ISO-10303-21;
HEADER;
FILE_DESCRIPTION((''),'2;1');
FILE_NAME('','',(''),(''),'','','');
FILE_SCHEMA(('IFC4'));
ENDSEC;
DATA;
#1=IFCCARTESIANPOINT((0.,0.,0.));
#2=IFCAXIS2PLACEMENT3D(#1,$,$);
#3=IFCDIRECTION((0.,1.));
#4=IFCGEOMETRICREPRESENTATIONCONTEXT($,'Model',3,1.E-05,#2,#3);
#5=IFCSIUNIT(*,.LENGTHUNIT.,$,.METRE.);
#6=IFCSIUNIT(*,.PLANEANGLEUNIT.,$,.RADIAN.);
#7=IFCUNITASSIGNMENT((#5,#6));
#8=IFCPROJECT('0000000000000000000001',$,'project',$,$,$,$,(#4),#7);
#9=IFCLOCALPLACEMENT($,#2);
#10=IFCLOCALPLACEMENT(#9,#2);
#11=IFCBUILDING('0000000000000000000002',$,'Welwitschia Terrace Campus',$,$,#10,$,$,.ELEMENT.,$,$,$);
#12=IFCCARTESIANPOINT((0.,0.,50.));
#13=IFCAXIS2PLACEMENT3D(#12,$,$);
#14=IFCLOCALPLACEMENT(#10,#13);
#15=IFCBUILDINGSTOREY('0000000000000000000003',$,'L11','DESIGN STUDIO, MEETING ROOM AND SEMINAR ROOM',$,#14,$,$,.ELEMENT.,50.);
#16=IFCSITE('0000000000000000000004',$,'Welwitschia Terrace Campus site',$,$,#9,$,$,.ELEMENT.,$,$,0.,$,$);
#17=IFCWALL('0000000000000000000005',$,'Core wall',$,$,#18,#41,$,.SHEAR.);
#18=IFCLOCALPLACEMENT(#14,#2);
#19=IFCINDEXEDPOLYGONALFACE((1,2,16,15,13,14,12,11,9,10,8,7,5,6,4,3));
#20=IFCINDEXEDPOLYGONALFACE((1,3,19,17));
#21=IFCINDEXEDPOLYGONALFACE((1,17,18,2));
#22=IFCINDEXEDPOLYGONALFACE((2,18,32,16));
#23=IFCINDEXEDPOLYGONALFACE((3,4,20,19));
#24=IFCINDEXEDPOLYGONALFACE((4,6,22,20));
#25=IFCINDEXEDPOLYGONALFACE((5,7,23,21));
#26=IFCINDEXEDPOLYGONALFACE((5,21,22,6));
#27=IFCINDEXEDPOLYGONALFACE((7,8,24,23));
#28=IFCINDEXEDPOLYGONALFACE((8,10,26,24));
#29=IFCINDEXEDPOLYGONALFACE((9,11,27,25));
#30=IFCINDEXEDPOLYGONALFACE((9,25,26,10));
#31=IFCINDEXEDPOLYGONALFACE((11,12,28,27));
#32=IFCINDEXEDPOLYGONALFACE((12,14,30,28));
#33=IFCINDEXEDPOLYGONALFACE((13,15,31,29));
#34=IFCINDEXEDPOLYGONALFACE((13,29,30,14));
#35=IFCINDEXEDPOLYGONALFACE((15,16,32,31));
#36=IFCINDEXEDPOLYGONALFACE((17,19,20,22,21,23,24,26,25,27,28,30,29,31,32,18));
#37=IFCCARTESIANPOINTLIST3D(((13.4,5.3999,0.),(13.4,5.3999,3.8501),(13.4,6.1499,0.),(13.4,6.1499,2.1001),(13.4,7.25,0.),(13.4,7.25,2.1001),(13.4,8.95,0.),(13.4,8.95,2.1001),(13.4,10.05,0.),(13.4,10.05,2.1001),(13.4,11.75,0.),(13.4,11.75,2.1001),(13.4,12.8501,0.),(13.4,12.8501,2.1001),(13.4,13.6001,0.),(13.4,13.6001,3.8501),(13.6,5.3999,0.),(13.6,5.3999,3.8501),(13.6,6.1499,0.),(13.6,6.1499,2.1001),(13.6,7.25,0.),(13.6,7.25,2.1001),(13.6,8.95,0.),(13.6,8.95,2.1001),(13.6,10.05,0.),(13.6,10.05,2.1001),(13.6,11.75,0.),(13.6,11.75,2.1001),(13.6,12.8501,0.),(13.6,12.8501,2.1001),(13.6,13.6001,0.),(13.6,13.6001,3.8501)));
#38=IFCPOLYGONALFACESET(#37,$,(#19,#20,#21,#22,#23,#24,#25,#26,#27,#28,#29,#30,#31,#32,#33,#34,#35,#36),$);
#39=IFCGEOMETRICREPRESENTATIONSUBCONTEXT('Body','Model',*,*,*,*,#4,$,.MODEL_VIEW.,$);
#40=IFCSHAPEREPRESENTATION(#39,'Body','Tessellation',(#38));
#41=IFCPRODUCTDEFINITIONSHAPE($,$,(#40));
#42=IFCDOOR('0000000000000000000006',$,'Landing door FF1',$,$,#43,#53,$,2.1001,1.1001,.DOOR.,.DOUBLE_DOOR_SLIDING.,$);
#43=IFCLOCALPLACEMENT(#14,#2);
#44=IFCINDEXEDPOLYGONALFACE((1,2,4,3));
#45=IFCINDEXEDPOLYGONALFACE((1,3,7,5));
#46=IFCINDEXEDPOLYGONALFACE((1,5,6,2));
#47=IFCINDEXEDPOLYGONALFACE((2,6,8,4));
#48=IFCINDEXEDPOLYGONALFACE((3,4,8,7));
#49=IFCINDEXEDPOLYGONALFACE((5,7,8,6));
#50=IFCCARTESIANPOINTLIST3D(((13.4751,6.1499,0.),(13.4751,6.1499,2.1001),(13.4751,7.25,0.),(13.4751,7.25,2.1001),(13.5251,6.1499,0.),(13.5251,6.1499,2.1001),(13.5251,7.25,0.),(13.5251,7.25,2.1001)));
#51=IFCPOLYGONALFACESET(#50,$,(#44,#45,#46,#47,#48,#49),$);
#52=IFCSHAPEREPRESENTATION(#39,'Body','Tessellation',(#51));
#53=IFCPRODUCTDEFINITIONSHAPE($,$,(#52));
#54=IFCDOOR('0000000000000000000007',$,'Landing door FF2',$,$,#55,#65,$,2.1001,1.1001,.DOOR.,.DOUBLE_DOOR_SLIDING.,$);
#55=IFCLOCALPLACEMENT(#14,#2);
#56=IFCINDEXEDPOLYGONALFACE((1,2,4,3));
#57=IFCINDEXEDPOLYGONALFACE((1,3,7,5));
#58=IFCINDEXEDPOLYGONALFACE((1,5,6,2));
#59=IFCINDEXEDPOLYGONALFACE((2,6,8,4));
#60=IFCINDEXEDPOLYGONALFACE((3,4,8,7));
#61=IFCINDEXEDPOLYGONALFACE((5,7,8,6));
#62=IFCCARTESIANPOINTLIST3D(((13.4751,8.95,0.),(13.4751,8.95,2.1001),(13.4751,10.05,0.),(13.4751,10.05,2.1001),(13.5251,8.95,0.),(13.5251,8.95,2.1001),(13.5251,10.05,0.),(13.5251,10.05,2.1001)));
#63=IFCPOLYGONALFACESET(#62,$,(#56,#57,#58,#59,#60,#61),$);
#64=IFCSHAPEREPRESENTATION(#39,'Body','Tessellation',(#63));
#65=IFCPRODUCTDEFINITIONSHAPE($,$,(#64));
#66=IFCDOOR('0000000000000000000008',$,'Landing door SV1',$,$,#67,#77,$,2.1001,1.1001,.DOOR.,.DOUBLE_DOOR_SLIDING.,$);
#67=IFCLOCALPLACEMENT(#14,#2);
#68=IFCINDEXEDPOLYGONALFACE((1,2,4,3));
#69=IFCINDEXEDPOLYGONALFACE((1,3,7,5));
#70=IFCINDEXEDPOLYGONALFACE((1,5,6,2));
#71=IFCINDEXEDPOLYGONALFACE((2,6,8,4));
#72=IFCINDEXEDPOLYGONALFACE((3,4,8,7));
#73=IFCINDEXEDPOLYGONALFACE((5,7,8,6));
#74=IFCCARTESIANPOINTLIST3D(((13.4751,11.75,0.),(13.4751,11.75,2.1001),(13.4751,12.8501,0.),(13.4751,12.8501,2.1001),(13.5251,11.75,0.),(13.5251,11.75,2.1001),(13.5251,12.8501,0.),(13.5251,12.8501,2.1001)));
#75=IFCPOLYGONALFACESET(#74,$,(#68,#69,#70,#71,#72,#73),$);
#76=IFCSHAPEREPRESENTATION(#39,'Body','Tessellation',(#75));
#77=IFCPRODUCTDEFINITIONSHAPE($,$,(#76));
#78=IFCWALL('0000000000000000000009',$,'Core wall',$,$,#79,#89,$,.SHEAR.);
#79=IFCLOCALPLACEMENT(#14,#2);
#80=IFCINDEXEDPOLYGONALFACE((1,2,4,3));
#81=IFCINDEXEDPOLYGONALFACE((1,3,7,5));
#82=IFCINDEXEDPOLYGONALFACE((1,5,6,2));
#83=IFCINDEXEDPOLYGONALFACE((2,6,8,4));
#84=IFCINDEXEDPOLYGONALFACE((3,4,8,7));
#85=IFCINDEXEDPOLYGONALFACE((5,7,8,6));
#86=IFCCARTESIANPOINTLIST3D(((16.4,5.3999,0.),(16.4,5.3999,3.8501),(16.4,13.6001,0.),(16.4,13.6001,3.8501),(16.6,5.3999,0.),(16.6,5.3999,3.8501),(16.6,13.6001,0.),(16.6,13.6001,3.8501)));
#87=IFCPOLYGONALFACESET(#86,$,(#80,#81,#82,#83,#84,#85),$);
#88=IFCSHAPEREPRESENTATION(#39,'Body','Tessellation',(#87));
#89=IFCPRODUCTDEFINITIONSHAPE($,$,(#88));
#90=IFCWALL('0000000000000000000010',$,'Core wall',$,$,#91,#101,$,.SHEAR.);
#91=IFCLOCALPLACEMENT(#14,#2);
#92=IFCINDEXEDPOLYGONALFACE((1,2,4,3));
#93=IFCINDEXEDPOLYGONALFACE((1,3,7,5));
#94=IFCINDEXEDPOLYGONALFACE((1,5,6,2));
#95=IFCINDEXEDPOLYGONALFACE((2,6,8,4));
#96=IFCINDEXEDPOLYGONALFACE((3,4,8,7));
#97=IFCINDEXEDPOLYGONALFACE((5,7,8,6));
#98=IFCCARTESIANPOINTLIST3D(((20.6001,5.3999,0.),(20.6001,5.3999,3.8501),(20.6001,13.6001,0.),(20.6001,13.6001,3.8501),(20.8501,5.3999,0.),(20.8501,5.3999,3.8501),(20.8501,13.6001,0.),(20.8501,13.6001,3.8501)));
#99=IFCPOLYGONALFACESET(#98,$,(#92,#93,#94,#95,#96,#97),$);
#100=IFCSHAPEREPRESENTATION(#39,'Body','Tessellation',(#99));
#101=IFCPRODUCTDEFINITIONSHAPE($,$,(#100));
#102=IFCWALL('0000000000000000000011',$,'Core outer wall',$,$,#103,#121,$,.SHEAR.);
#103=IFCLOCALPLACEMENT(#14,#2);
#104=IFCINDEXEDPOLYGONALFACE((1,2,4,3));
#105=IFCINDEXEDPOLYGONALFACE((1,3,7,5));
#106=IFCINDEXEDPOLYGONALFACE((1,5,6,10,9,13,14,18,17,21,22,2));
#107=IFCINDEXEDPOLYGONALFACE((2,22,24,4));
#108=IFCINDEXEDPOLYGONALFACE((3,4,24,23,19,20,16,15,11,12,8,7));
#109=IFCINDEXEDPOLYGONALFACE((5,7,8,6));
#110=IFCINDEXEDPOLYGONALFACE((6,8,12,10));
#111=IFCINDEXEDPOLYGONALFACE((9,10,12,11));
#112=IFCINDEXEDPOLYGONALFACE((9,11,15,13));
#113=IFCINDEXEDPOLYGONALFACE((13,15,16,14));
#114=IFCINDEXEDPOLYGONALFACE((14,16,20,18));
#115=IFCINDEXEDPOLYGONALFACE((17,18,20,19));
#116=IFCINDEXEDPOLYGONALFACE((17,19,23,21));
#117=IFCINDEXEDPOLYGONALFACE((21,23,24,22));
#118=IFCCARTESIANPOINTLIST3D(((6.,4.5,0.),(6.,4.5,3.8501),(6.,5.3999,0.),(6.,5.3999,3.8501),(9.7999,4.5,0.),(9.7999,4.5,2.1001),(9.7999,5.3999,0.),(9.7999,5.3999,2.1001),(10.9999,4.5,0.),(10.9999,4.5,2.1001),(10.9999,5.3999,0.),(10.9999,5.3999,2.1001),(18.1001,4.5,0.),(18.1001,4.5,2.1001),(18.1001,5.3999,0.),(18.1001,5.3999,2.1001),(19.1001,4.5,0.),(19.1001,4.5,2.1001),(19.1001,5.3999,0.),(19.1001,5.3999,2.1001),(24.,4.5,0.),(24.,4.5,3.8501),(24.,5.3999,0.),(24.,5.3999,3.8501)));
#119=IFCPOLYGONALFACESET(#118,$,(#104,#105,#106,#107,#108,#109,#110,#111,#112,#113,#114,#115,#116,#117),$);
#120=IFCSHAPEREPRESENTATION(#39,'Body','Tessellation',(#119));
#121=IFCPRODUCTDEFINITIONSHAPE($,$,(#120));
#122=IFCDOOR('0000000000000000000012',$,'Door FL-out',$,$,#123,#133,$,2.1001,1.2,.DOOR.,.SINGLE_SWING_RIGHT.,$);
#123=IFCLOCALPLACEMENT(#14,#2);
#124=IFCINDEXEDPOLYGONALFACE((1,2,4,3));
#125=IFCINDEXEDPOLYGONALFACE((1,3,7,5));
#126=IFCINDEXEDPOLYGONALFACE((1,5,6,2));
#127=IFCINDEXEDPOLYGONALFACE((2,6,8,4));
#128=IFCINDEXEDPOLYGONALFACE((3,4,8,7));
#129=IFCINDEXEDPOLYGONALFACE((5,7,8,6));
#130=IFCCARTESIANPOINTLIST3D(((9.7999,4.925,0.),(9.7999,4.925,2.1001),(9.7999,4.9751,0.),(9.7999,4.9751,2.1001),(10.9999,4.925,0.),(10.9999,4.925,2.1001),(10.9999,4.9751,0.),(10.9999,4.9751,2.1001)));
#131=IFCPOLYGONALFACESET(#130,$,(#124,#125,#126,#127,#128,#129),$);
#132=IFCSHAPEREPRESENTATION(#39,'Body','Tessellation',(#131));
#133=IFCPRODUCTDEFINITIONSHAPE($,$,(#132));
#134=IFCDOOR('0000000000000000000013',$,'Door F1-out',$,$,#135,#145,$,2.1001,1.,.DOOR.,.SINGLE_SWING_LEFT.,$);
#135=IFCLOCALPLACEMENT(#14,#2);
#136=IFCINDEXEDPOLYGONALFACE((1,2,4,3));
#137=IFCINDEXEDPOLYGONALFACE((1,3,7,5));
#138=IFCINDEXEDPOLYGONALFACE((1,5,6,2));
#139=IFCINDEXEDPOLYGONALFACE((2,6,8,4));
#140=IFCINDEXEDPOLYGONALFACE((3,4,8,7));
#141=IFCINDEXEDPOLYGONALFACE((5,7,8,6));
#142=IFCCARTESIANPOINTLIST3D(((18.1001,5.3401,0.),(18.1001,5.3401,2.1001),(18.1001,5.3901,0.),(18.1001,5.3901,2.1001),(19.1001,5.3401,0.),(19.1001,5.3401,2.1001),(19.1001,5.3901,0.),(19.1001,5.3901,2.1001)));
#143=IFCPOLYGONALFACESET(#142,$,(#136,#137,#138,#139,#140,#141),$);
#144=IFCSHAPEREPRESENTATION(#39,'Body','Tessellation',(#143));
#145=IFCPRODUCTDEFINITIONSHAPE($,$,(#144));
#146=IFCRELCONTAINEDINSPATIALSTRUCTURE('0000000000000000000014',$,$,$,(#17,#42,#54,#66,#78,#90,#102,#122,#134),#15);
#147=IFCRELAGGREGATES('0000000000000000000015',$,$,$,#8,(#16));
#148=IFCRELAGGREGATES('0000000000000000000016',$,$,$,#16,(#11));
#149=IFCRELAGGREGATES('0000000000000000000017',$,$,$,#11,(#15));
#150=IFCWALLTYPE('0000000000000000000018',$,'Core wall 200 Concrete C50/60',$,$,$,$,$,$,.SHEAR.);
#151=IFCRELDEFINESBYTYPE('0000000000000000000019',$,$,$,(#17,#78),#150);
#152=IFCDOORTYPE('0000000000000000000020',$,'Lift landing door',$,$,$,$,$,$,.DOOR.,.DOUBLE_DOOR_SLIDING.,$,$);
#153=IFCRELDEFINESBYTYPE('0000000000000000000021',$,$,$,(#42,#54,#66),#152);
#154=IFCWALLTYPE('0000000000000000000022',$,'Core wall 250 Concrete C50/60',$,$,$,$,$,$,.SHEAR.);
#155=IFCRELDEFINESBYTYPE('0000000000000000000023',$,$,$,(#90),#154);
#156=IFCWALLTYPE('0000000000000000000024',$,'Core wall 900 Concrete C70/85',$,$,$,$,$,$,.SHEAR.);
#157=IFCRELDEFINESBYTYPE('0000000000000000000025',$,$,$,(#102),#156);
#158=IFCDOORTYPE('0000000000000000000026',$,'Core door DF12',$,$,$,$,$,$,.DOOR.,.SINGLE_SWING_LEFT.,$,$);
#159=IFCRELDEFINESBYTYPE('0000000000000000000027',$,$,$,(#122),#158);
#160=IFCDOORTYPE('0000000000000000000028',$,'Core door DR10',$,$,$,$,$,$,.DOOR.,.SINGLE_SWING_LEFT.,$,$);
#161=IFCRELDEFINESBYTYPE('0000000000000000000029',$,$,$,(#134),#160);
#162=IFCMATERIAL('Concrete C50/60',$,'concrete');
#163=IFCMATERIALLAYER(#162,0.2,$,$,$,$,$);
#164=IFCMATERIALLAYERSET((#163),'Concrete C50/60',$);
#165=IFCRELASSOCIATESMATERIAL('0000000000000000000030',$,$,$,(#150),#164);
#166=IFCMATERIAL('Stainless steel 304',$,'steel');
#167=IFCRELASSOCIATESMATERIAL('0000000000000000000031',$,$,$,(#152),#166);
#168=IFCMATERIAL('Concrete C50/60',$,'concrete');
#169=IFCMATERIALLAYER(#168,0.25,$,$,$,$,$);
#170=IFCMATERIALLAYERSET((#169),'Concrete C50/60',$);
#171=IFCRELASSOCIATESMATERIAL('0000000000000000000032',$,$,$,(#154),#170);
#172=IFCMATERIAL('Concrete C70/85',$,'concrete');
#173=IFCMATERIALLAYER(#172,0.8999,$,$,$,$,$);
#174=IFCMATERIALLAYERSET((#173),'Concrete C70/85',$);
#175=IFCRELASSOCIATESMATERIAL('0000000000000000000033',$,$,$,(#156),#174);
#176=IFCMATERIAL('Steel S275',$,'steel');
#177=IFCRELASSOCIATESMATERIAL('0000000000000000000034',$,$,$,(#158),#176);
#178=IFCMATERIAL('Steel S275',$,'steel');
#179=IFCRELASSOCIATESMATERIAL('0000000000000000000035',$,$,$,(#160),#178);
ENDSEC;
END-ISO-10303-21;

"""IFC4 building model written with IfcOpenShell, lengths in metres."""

from ifc_helpers import new_model, si_unit, direction, frame, frame_2d, origin, place, context, subcontext, project, spatial, rectangle, extrude, material, layer, layer_set, type_object, element, fill, save


model = new_model("IFC4")

# Units and contexts
model_context = context("Model", 3, precision=1e-05, world=origin(), true_north=direction((0.0, 1.0)))
body_context = subcontext(model_context, "Body", "Model", "MODEL_VIEW")
ifc_project = project(units=[si_unit("LENGTHUNIT", "METRE"), si_unit("PLANEANGLEUNIT", "RADIAN")], contexts=[model_context])

# Site, building, storey
site_placement = place(None, origin())
site = spatial("IfcSite", under=ifc_project, at=site_placement, Name="Welwitschia Terrace Campus site", CompositionType="ELEMENT", RefElevation=0.0)
building_placement = place(site_placement, origin())
building = spatial("IfcBuilding", under=site, at=building_placement, Name="Welwitschia Terrace Campus", CompositionType="ELEMENT")
storey_placement = place(building_placement, frame((0.0, 0.0, 50.0)))
storey = spatial("IfcBuildingStorey", under=building, at=storey_placement, Name="L11", Description="DESIGN STUDIO, MEETING ROOM AND SEMINAR ROOM", CompositionType="ELEMENT", Elevation=50.0)

# Wall, openings, doors
ifc_material_1 = material(Name="Concrete C50/60", Category="concrete")
ifc_layer_1 = layer(ifc_material_1, 0.2)
ifc_layer_set_1 = layer_set([ifc_layer_1], Name="Concrete C50/60")
wall_type_1 = type_object("IfcWallType", Name="Core wall 200 Concrete C50/60", PredefinedType="SHEAR", material=ifc_layer_set_1)
wall_1_placement = place(storey_placement, frame((13.5, 5.3999, 0.0), z_axis=(0.0, 0.0, 1.0), x_axis=(0.0, 1.0, 0.0)))
wall_1 = element("IfcWall", 1, at=wall_1_placement, inside=storey, type_object=wall_type_1, Name="Core wall", PredefinedType="SHEAR", context=body_context, shape_type="SweptSolid", body=[
    extrude(rectangle(XDim=8.2002, YDim=0.2, at=frame_2d((4.1001, 0.0))), origin(), (0.0, 0.0, 1.0), 3.8501),
])
opening_1_placement = place(wall_1_placement, frame((0.75, 0.0, 0.0)))
opening_1 = element("IfcOpeningElement", 2, at=opening_1_placement, cuts=wall_1, PredefinedType="OPENING", context=body_context, shape_type="SweptSolid", body=[
    extrude(rectangle(XDim=1.1001, YDim=2.1001, at=frame_2d((0.55, 1.05))), frame((0.0, 0.1099, 0.0), z_axis=(0.0, -1.0, 0.0), x_axis=(1.0, 0.0, 0.0)), (0.0, 0.0, 1.0), 0.22),
])
opening_2_placement = place(wall_1_placement, frame((3.55, 0.0, 0.0)))
opening_2 = element("IfcOpeningElement", 3, at=opening_2_placement, cuts=wall_1, PredefinedType="OPENING", context=body_context, shape_type="SweptSolid", body=[
    extrude(rectangle(XDim=1.1001, YDim=2.1001, at=frame_2d((0.55, 1.05))), frame((0.0, 0.1099, 0.0), z_axis=(0.0, -1.0, 0.0), x_axis=(1.0, 0.0, 0.0)), (0.0, 0.0, 1.0), 0.22),
])
opening_3_placement = place(wall_1_placement, frame((6.3501, 0.0, 0.0)))
opening_3 = element("IfcOpeningElement", 4, at=opening_3_placement, cuts=wall_1, PredefinedType="OPENING", context=body_context, shape_type="SweptSolid", body=[
    extrude(rectangle(XDim=1.1001, YDim=2.1001, at=frame_2d((0.55, 1.05))), frame((0.0, 0.1099, 0.0), z_axis=(0.0, -1.0, 0.0), x_axis=(1.0, 0.0, 0.0)), (0.0, 0.0, 1.0), 0.22),
])
ifc_material_2 = material(Name="Stainless steel 304", Category="steel")
door_type_1 = type_object("IfcDoorType", Name="Lift landing door", OperationType="DOUBLE_DOOR_SLIDING", PredefinedType="DOOR", material=ifc_material_2)
door_1_placement = place(opening_1_placement, origin())
door_1 = element("IfcDoor", 5, at=door_1_placement, inside=storey, type_object=door_type_1, Name="Landing door FF1", OperationType="DOUBLE_DOOR_SLIDING", OverallHeight=2.1001, OverallWidth=1.1001, PredefinedType="DOOR", context=body_context, shape_type="SweptSolid", body=[
    extrude(rectangle(XDim=1.1001, YDim=2.1001, at=frame_2d((0.55, 1.05))), frame((0.0, 0.0249, 0.0), z_axis=(0.0, -1.0, 0.0), x_axis=(1.0, 0.0, 0.0)), (0.0, 0.0, 1.0), 0.05),
])
fill(opening_1, door_1)
door_2_placement = place(opening_2_placement, origin())
door_2 = element("IfcDoor", 6, at=door_2_placement, inside=storey, type_object=door_type_1, Name="Landing door FF2", OperationType="DOUBLE_DOOR_SLIDING", OverallHeight=2.1001, OverallWidth=1.1001, PredefinedType="DOOR", context=body_context, shape_type="SweptSolid", body=[
    extrude(rectangle(XDim=1.1001, YDim=2.1001, at=frame_2d((0.55, 1.05))), frame((0.0, 0.0249, 0.0), z_axis=(0.0, -1.0, 0.0), x_axis=(1.0, 0.0, 0.0)), (0.0, 0.0, 1.0), 0.05),
])
fill(opening_2, door_2)
door_3_placement = place(opening_3_placement, origin())
door_3 = element("IfcDoor", 7, at=door_3_placement, inside=storey, type_object=door_type_1, Name="Landing door SV1", OperationType="DOUBLE_DOOR_SLIDING", OverallHeight=2.1001, OverallWidth=1.1001, PredefinedType="DOOR", context=body_context, shape_type="SweptSolid", body=[
    extrude(rectangle(XDim=1.1001, YDim=2.1001, at=frame_2d((0.55, 1.05))), frame((0.0, 0.0249, 0.0), z_axis=(0.0, -1.0, 0.0), x_axis=(1.0, 0.0, 0.0)), (0.0, 0.0, 1.0), 0.05),
])
fill(opening_3, door_3)

# Walls
wall_2_placement = place(storey_placement, frame((16.5, 5.3999, 0.0), z_axis=(0.0, 0.0, 1.0), x_axis=(0.0, 1.0, 0.0)))
element("IfcWall", 8, at=wall_2_placement, inside=storey, type_object=wall_type_1, Name="Core wall", PredefinedType="SHEAR", context=body_context, shape_type="SweptSolid", body=[
    extrude(rectangle(XDim=8.2002, YDim=0.2, at=frame_2d((4.1001, 0.0))), origin(), (0.0, 0.0, 1.0), 3.8501),
])
ifc_material_3 = material(Name="Concrete C50/60", Category="concrete")
ifc_layer_2 = layer(ifc_material_3, 0.25)
ifc_layer_set_2 = layer_set([ifc_layer_2], Name="Concrete C50/60")
wall_type_2 = type_object("IfcWallType", Name="Core wall 250 Concrete C50/60", PredefinedType="SHEAR", material=ifc_layer_set_2)
wall_3_placement = place(storey_placement, frame((20.7251, 5.3999, 0.0), z_axis=(0.0, 0.0, 1.0), x_axis=(0.0, 1.0, 0.0)))
element("IfcWall", 9, at=wall_3_placement, inside=storey, type_object=wall_type_2, Name="Core wall", PredefinedType="SHEAR", context=body_context, shape_type="SweptSolid", body=[
    extrude(rectangle(XDim=8.2002, YDim=0.25, at=frame_2d((4.1001, 0.0))), origin(), (0.0, 0.0, 1.0), 3.8501),
])

# Wall, openings, doors
ifc_material_4 = material(Name="Concrete C70/85", Category="concrete")
ifc_layer_3 = layer(ifc_material_4, 0.8999)
ifc_layer_set_3 = layer_set([ifc_layer_3], Name="Concrete C70/85")
wall_type_3 = type_object("IfcWallType", Name="Core wall 900 Concrete C70/85", PredefinedType="SHEAR", material=ifc_layer_set_3)
wall_4_placement = place(storey_placement, frame((24.0, 4.95, 0.0), z_axis=(0.0, 0.0, 1.0), x_axis=(-1.0, 0.0, 0.0)))
wall_4 = element("IfcWall", 10, at=wall_4_placement, inside=storey, type_object=wall_type_3, Name="Core outer wall", PredefinedType="SHEAR", context=body_context, shape_type="SweptSolid", body=[
    extrude(rectangle(XDim=18.0, YDim=0.8999, at=frame_2d((9.0, 0.0))), origin(), (0.0, 0.0, 1.0), 3.8501),
])
opening_4_placement = place(wall_4_placement, frame((13.0, 0.0, 0.0)))
opening_4 = element("IfcOpeningElement", 11, at=opening_4_placement, cuts=wall_4, PredefinedType="OPENING", context=body_context, shape_type="SweptSolid", body=[
    extrude(rectangle(XDim=1.2, YDim=2.1001, at=frame_2d((0.6001, 1.05))), frame((0.0, 0.46, 0.0), z_axis=(0.0, -1.0, 0.0), x_axis=(1.0, 0.0, 0.0)), (0.0, 0.0, 1.0), 0.9199),
])
opening_5_placement = place(wall_4_placement, frame((4.8999, 0.0, 0.0)))
opening_5 = element("IfcOpeningElement", 12, at=opening_5_placement, cuts=wall_4, PredefinedType="OPENING", context=body_context, shape_type="SweptSolid", body=[
    extrude(rectangle(XDim=1.0, YDim=2.1001, at=frame_2d((0.5, 1.05))), frame((0.0, 0.46, 0.0), z_axis=(0.0, -1.0, 0.0), x_axis=(1.0, 0.0, 0.0)), (0.0, 0.0, 1.0), 0.9199),
])
ifc_material_5 = material(Name="Steel S275", Category="steel")
door_type_2 = type_object("IfcDoorType", Name="Core door DF12", OperationType="SINGLE_SWING_LEFT", PredefinedType="DOOR", material=ifc_material_5)
door_4_placement = place(opening_4_placement, origin())
door_4 = element("IfcDoor", 13, at=door_4_placement, inside=storey, type_object=door_type_2, Name="Door FL-out", OperationType="SINGLE_SWING_RIGHT", OverallHeight=2.1001, OverallWidth=1.2, PredefinedType="DOOR", context=body_context, shape_type="SweptSolid", body=[
    extrude(rectangle(XDim=1.2, YDim=2.1001, at=frame_2d((0.6001, 1.05))), frame((0.0, 0.0249, 0.0), z_axis=(0.0, -1.0, 0.0), x_axis=(1.0, 0.0, 0.0)), (0.0, 0.0, 1.0), 0.05),
])
fill(opening_4, door_4)
ifc_material_6 = material(Name="Steel S275", Category="steel")
door_type_3 = type_object("IfcDoorType", Name="Core door DR10", OperationType="SINGLE_SWING_LEFT", PredefinedType="DOOR", material=ifc_material_6)
door_5_placement = place(opening_5_placement, origin())
door_5 = element("IfcDoor", 14, at=door_5_placement, inside=storey, type_object=door_type_3, Name="Door F1-out", OperationType="SINGLE_SWING_LEFT", OverallHeight=2.1001, OverallWidth=1.0, PredefinedType="DOOR", context=body_context, shape_type="SweptSolid", body=[
    extrude(rectangle(XDim=1.0, YDim=2.1001, at=frame_2d((0.5, 1.05))), frame((0.0, -0.3901, 0.0), z_axis=(0.0, -1.0, 0.0), x_axis=(1.0, 0.0, 0.0)), (0.0, 0.0, 1.0), 0.05),
])
fill(opening_5, door_5)

save(model, "model.ifc")
